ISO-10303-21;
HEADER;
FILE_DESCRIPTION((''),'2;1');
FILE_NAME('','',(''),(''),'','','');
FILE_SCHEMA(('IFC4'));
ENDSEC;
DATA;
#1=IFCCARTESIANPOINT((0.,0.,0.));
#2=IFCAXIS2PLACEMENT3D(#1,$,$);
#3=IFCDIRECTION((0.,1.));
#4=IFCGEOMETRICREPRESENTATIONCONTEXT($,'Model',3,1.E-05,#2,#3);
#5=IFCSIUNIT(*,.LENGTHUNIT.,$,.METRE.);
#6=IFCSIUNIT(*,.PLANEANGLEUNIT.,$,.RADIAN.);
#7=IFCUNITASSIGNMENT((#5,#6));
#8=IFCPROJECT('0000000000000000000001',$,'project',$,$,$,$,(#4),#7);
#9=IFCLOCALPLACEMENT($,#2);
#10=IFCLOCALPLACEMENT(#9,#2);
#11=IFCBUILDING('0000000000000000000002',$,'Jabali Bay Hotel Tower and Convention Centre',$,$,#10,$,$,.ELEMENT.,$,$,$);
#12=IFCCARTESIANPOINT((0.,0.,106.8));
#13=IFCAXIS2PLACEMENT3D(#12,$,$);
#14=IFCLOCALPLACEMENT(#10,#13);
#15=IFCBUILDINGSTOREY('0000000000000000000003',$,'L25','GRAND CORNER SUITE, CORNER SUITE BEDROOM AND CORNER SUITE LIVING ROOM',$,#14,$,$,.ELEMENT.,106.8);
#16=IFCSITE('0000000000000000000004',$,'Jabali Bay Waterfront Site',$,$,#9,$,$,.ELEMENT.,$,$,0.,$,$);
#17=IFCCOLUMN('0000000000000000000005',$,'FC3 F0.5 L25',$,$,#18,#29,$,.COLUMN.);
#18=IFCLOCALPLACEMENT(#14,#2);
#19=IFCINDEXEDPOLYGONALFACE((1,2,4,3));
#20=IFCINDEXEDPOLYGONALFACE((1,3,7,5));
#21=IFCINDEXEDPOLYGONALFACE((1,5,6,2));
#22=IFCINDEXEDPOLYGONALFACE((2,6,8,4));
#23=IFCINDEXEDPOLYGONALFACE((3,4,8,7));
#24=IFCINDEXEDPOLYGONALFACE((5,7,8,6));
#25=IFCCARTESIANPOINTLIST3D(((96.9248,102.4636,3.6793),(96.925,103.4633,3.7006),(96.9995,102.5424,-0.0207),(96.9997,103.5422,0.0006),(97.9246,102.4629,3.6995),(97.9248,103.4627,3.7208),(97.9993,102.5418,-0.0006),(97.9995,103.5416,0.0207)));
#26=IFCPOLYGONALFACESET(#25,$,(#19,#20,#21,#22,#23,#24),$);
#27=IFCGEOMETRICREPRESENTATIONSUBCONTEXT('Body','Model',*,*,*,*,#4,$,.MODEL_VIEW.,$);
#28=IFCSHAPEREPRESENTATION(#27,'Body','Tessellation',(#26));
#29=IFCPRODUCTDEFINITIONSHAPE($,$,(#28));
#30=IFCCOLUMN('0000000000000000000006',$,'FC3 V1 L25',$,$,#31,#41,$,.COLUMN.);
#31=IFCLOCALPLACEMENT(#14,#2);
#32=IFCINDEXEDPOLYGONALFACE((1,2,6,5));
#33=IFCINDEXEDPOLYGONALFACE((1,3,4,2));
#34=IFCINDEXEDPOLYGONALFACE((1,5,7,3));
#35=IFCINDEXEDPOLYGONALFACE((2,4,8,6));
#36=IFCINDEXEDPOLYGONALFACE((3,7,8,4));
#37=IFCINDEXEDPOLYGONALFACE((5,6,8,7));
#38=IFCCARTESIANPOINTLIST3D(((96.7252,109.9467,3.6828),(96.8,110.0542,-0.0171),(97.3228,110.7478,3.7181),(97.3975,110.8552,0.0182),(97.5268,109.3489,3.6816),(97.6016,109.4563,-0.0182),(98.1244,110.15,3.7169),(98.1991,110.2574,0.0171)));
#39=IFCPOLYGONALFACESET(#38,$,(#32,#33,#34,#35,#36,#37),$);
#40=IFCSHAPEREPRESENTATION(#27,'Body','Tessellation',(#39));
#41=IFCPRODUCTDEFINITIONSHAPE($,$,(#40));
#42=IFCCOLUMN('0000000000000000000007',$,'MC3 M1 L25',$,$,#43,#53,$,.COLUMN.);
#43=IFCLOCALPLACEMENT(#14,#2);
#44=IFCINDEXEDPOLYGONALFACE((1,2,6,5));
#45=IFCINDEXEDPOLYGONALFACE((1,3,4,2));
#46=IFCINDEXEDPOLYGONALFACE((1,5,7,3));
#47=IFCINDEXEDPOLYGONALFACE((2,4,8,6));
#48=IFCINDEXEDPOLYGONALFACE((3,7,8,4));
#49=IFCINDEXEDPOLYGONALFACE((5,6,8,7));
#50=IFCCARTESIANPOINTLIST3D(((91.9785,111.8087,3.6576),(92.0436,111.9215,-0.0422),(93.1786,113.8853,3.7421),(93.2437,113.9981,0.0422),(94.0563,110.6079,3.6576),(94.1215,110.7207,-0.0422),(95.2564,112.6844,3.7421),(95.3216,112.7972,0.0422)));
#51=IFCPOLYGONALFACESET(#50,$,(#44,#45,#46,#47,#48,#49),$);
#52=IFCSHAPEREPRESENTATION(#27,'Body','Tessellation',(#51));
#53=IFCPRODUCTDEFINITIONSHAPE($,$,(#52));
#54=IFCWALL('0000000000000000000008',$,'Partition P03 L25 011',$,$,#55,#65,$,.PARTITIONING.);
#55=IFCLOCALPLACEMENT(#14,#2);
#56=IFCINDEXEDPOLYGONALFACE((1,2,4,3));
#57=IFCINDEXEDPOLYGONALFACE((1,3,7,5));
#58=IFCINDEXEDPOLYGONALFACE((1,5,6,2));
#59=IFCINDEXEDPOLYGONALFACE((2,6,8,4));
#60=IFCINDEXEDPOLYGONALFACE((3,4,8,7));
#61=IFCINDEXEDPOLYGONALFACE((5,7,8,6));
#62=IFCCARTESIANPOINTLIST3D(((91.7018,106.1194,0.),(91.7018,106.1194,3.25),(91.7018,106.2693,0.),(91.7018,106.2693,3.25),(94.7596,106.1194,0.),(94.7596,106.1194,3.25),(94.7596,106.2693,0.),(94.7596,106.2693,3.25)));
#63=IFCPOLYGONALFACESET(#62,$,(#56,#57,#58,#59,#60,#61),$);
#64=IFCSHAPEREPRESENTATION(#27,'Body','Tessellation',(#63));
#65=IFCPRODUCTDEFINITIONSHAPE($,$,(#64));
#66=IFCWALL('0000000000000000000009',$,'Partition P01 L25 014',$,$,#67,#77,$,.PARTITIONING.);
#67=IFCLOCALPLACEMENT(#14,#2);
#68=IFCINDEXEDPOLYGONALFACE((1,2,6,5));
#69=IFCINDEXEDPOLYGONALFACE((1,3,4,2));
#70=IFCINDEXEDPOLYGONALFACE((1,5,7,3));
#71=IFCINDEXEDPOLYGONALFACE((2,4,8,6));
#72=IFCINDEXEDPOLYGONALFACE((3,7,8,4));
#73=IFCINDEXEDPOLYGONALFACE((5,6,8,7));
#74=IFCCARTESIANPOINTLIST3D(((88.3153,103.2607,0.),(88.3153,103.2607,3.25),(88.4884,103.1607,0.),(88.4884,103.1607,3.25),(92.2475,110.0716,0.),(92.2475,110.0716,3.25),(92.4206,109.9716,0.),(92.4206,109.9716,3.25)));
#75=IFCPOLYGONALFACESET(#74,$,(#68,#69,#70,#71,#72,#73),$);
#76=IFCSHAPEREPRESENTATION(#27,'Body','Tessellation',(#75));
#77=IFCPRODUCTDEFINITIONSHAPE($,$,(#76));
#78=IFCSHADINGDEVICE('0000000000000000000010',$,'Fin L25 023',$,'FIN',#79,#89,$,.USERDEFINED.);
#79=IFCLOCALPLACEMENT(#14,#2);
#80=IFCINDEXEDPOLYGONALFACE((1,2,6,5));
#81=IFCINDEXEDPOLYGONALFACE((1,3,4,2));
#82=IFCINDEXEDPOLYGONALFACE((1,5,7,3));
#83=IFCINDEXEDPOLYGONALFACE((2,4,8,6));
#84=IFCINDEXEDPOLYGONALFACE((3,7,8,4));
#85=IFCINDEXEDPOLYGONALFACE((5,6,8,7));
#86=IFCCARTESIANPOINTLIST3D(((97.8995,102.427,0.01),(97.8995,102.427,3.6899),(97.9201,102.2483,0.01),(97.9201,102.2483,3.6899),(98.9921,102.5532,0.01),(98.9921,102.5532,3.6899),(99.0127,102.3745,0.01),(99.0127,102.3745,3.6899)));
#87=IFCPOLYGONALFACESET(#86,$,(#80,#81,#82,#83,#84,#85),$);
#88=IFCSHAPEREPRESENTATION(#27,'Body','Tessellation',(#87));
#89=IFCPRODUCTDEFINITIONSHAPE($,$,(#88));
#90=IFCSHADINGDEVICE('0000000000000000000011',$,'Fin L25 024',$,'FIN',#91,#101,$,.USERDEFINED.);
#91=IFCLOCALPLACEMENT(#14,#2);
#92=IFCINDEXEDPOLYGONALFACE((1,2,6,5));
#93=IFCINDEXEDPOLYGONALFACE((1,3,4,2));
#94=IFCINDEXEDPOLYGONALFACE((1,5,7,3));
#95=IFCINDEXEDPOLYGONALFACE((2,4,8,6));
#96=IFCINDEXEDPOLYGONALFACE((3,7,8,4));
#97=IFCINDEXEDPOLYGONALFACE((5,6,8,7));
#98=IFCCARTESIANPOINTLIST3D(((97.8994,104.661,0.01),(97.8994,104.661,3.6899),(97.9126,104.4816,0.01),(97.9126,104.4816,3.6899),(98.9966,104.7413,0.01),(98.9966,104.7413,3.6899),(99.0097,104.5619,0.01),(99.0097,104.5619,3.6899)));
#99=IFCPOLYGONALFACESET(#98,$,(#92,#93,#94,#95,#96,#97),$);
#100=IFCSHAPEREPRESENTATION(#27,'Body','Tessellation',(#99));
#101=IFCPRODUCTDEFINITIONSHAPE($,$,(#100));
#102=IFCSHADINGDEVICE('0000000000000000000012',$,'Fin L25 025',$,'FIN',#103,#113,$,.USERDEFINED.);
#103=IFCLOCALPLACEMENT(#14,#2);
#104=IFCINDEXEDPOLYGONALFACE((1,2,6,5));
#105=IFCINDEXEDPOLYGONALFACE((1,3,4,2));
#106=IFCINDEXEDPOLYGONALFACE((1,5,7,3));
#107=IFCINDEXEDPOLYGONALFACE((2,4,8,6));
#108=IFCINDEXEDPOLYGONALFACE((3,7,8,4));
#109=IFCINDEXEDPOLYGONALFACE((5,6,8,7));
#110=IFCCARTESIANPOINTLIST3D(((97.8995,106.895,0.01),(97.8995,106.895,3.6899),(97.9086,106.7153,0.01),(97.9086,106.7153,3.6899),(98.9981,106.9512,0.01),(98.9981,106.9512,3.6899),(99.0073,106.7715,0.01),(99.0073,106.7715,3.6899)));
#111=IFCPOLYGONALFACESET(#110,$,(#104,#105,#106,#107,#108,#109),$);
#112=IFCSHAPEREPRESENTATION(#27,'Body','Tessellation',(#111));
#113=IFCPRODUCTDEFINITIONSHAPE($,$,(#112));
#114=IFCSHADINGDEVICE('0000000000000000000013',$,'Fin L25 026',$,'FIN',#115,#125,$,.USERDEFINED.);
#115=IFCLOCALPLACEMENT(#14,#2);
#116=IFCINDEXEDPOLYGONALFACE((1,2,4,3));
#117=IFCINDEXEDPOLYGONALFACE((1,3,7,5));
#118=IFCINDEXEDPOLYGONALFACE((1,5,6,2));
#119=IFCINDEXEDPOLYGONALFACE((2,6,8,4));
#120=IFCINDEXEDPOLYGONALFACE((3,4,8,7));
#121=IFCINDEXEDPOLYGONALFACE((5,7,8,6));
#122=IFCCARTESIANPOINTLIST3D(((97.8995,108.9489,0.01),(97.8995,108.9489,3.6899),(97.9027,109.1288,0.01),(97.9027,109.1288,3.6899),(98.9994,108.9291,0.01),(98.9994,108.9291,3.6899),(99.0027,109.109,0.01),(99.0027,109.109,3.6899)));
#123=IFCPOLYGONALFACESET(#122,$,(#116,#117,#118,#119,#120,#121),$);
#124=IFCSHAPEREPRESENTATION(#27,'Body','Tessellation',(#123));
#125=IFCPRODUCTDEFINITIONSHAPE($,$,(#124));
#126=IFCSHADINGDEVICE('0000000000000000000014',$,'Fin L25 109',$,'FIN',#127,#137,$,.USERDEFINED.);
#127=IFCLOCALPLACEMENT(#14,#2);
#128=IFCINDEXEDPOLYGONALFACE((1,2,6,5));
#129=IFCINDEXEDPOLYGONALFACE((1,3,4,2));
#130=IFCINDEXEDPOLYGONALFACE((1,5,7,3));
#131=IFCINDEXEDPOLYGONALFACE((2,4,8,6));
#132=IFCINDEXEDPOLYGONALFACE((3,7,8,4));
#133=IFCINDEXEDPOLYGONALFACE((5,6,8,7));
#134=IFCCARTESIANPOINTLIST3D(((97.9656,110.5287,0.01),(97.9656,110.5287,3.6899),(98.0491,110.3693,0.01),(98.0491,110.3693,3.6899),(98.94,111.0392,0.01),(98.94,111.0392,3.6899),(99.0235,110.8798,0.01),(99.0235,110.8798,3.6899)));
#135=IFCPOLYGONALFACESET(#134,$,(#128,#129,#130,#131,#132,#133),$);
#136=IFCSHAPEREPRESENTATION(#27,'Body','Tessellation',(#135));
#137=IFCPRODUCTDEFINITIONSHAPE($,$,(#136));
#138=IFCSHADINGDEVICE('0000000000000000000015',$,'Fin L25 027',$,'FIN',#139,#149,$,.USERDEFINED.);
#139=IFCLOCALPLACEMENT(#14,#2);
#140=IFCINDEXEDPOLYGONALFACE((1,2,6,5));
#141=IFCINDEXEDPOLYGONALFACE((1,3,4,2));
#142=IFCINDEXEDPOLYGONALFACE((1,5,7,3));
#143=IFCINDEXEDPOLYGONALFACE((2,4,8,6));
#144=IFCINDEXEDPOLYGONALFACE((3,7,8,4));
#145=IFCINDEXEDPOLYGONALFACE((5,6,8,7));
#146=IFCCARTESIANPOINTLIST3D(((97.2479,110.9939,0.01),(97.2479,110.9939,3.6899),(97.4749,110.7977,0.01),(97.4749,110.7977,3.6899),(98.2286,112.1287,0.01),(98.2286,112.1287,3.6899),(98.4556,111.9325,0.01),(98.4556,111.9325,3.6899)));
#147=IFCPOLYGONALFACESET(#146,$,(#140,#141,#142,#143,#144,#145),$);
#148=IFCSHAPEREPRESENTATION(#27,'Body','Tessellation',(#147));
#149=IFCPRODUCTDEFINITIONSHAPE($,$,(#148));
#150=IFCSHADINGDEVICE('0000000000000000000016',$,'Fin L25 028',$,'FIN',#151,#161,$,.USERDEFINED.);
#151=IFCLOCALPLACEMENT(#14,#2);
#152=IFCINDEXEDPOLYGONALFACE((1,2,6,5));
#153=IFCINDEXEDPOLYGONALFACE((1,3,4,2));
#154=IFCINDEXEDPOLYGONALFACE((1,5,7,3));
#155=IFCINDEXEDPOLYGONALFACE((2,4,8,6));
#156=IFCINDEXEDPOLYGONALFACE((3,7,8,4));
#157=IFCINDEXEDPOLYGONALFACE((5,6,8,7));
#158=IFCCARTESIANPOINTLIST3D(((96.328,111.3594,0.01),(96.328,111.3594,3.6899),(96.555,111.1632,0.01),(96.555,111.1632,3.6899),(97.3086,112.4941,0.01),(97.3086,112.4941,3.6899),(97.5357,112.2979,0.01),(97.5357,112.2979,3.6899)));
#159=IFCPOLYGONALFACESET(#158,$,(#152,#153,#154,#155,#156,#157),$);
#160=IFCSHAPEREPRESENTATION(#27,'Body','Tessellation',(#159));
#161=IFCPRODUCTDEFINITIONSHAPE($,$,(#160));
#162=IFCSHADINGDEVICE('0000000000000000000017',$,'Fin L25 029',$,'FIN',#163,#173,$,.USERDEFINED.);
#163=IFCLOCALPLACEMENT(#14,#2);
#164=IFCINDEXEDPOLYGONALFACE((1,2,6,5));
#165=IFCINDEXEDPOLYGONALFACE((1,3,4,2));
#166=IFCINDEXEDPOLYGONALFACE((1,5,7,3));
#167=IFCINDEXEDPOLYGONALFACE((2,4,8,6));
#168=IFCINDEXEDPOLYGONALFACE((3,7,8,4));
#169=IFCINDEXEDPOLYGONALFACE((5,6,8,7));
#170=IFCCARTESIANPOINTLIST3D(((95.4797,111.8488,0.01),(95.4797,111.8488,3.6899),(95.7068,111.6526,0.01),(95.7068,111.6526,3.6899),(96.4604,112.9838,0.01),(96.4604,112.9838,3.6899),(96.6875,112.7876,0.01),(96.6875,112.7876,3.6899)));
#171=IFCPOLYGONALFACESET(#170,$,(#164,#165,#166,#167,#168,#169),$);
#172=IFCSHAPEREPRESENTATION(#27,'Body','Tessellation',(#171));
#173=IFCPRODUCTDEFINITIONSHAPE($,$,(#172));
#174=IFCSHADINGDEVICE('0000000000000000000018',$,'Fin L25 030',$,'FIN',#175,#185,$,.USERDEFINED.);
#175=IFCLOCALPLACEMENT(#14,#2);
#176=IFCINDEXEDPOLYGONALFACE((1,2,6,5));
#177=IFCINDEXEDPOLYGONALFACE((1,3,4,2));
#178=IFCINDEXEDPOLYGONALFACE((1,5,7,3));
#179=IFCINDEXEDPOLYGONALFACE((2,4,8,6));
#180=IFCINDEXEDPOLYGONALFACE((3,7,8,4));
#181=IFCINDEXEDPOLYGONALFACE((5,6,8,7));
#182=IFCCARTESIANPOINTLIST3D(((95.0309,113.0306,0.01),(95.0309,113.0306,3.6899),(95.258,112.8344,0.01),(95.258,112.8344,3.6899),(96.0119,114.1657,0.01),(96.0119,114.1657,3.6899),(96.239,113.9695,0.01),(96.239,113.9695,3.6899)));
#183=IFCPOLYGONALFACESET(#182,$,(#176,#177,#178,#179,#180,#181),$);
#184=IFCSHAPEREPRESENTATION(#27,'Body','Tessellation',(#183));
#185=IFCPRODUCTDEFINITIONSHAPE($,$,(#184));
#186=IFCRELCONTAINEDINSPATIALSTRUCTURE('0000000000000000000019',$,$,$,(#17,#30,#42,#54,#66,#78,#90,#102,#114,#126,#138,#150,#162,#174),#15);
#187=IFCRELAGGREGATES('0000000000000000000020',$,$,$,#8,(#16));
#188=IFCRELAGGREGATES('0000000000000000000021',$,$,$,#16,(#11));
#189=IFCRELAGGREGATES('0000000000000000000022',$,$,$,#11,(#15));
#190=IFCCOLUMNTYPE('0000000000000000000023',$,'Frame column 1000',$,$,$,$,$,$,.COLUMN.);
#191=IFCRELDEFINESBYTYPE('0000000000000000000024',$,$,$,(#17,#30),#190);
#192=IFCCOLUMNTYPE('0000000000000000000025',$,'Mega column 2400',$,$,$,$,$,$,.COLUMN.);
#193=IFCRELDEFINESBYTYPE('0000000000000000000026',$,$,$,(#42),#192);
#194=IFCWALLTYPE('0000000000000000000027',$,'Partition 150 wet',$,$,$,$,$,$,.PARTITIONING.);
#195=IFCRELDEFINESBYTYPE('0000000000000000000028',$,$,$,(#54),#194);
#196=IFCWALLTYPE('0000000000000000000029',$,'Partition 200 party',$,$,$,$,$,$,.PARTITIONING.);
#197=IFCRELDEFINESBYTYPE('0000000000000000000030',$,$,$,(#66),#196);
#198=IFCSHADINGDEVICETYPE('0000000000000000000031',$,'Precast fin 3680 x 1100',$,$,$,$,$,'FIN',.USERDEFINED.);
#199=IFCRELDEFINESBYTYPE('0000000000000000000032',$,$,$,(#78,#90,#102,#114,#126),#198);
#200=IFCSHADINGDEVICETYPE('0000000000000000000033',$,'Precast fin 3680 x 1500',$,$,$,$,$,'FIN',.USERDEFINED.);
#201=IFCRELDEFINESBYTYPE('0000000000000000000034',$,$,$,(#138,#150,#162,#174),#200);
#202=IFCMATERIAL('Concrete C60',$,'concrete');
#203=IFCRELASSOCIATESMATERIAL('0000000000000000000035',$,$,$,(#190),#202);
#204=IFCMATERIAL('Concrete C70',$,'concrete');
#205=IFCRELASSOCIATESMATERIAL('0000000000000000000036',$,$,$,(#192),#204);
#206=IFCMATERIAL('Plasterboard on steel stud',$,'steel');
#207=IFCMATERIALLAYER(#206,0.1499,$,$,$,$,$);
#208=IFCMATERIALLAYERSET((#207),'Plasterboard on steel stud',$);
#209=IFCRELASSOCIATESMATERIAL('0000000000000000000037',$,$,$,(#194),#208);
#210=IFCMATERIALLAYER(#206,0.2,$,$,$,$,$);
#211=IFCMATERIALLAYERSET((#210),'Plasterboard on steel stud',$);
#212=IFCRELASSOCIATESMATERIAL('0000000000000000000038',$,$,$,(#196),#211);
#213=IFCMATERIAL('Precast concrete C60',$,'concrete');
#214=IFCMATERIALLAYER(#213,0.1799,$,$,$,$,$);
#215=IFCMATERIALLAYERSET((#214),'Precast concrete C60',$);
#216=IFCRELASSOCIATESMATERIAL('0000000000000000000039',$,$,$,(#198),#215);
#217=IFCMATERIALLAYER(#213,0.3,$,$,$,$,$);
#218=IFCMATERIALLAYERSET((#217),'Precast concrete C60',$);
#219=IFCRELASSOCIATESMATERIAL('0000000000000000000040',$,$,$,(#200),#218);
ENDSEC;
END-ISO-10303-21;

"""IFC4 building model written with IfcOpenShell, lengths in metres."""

from ifc_helpers import new_model, si_unit, direction, frame, frame_2d, origin, origin_2d, place, context, subcontext, project, spatial, rectangle, extrude, material, layer, layer_set, material_profile, profile_set, type_object, element, save


model = new_model("IFC4")

# Units and contexts
model_context = context("Model", 3, precision=1e-05, world=origin(), true_north=direction((0.0, 1.0)))
body_context = subcontext(model_context, "Body", "Model", "MODEL_VIEW")
ifc_project = project(units=[si_unit("LENGTHUNIT", "METRE"), si_unit("PLANEANGLEUNIT", "RADIAN")], contexts=[model_context])

# Site, building, storey
site_placement = place(None, origin())
site = spatial("IfcSite", under=ifc_project, at=site_placement, Name="Jabali Bay Waterfront Site", CompositionType="ELEMENT", RefElevation=0.0)
building_placement = place(site_placement, origin())
building = spatial("IfcBuilding", under=site, at=building_placement, Name="Jabali Bay Hotel Tower and Convention Centre", CompositionType="ELEMENT")
storey_placement = place(building_placement, frame((0.0, 0.0, 106.8)))
storey = spatial("IfcBuildingStorey", under=building, at=storey_placement, Name="L25", Description="GRAND CORNER SUITE, CORNER SUITE BEDROOM AND CORNER SUITE LIVING ROOM", CompositionType="ELEMENT", Elevation=106.8)

# Columns
ifc_material_1 = material(Name="Concrete C60", Category="concrete")
ifc_material_profile_1 = material_profile(ifc_material_1, rectangle(XDim=1.0, YDim=1.0, at=origin_2d()), Name="Frame column 1000")
ifc_profile_set_1 = profile_set([ifc_material_profile_1], Name="Concrete C60")
column_type_1 = type_object("IfcColumnType", Name="Frame column 1000", PredefinedType="COLUMN", material=ifc_profile_set_1)
column_1_placement = place(storey_placement, frame((97.4995, 103.042, 0.0), z_axis=(-0.020183, -0.021304, 0.999569), x_axis=(0.999796, -0.000652, 0.020173)))
element("IfcColumn", 1, at=column_1_placement, inside=storey, type_object=column_type_1, Name="FC3 F0.5 L25", PredefinedType="COLUMN", context=body_context, shape_type="SweptSolid", body=[
    extrude(rectangle(XDim=1.0, YDim=1.0, at=origin_2d()), origin(), (0.0, 0.0, 1.0), 3.7017),
])
column_2_placement = place(storey_placement, frame((97.4995, 110.1558, 0.0), z_axis=(-0.020179, -0.029015, 0.999375), x_axis=(0.597518, 0.801077, 0.035323)))
element("IfcColumn", 2, at=column_2_placement, inside=storey, type_object=column_type_1, Name="FC3 V1 L25", PredefinedType="COLUMN", context=body_context, shape_type="SweptSolid", body=[
    extrude(rectangle(XDim=1.0, YDim=1.0, at=origin_2d()), origin(), (0.0, 0.0, 1.0), 3.7021),
])
ifc_material_2 = material(Name="Concrete C70", Category="concrete")
ifc_material_profile_2 = material_profile(ifc_material_2, rectangle(XDim=2.3999, YDim=2.3999, at=origin_2d()), Name="Mega column 2400")
ifc_profile_set_2 = profile_set([ifc_material_profile_2], Name="Concrete C70")
column_type_2 = type_object("IfcColumnType", Name="Mega column 2400", PredefinedType="COLUMN", material=ifc_profile_set_2)
column_3_placement = place(storey_placement, frame((93.6826, 112.3594, 0.0), z_axis=(-0.017607, -0.030466, 0.999381), x_axis=(0.500067, 0.865271, 0.035188)))
element("IfcColumn", 3, at=column_3_placement, inside=storey, type_object=column_type_2, Name="MC3 M1 L25", PredefinedType="COLUMN", context=body_context, shape_type="SweptSolid", body=[
    extrude(rectangle(XDim=2.3999, YDim=2.3999, at=origin_2d()), origin(), (0.0, 0.0, 1.0), 3.7021),
])

# Walls
ifc_material_3 = material(Name="Plasterboard on steel stud", Category="steel")
ifc_layer_1 = layer(ifc_material_3, 0.1499)
ifc_layer_set_1 = layer_set([ifc_layer_1], Name="Plasterboard on steel stud")
wall_type_1 = type_object("IfcWallType", Name="Partition 150 wet", PredefinedType="PARTITIONING", material=ifc_layer_set_1)
wall_1_placement = place(storey_placement, frame((94.7595, 106.1943, 0.0), z_axis=(0.0, 0.0, 1.0), x_axis=(-1.0, 0.0, 0.0)))
element("IfcWall", 4, at=wall_1_placement, inside=storey, type_object=wall_type_1, Name="Partition P03 L25 011", PredefinedType="PARTITIONING", context=body_context, shape_type="SweptSolid", body=[
    extrude(rectangle(XDim=3.0579, YDim=0.1499, at=frame_2d((1.5288, 0.0))), origin(), (0.0, 0.0, 1.0), 3.25),
])
ifc_layer_2 = layer(ifc_material_3, 0.2)
ifc_layer_set_2 = layer_set([ifc_layer_2], Name="Plasterboard on steel stud")
wall_type_2 = type_object("IfcWallType", Name="Partition 200 party", PredefinedType="PARTITIONING", material=ifc_layer_set_2)
wall_2_placement = place(storey_placement, frame((92.334, 110.0215, 0.0), z_axis=(0.0, 0.0, 1.0), x_axis=(-0.499992, -0.86603, 0.0)))
element("IfcWall", 5, at=wall_2_placement, inside=storey, type_object=wall_type_2, Name="Partition P01 L25 014", PredefinedType="PARTITIONING", context=body_context, shape_type="SweptSolid", body=[
    extrude(rectangle(XDim=7.8645, YDim=0.2, at=frame_2d((3.9321, 0.0))), origin(), (0.0, 0.0, 1.0), 3.25),
])

# Shading devices
ifc_material_4 = material(Name="Precast concrete C60", Category="concrete")
ifc_layer_3 = layer(ifc_material_4, 0.1799)
ifc_layer_set_3 = layer_set([ifc_layer_3], Name="Precast concrete C60")
shading_device_type_1 = type_object("IfcShadingDeviceType", Name="Precast fin 3680 x 1100", ElementType="FIN", PredefinedType="USERDEFINED", material=ifc_layer_set_3)
shading_device_1_placement = place(storey_placement, frame((97.9099, 102.3376, 0.01), z_axis=(0.0, 0.0, 1.0), x_axis=(0.993392, 0.114767, 0.0)))
element("IfcShadingDevice", 6, at=shading_device_1_placement, inside=storey, type_object=shading_device_type_1, Name="Fin L25 023", ObjectType="FIN", PredefinedType="USERDEFINED", context=body_context, shape_type="SweptSolid", body=[
    extrude(rectangle(XDim=1.0999, YDim=0.1799, at=frame_2d((0.5498, 0.0))), origin(), (0.0, 0.0, 1.0), 3.6799),
])
for number, where, z_axis, x_axis, name in (
    (7, (97.906, 104.5713, 0.01), (0.0, 0.0, 1.0), (0.997331, 0.073013, 0.0), "Fin L25 024"),
    (8, (97.9041, 106.8052, 0.01), (0.0, 0.0, 1.0), (0.998696, 0.051044, 0.0), "Fin L25 025"),
    (9, (97.9011, 109.0388, 0.01), (0.0, 0.0, 1.0), (0.999838, -0.017977, 0.0), "Fin L25 026"),
    (10, (98.0073, 110.449, 0.01), (0.0, 0.0, 1.0), (0.885788, 0.46409, 0.0), "Fin L25 109"),
):
    element("IfcShadingDevice", number, at=place(storey_placement, frame(where, z_axis=z_axis, x_axis=x_axis)), inside=storey, type_object=shading_device_type_1, Name=name, ObjectType="FIN", PredefinedType="USERDEFINED", context=body_context, shape_type="SweptSolid", body=[
        extrude(rectangle(XDim=1.1001, YDim=0.1799, at=frame_2d((0.55, 0.0))), origin(), (0.0, 0.0, 1.0), 3.6799),
    ])
ifc_layer_4 = layer(ifc_material_4, 0.3)
ifc_layer_set_4 = layer_set([ifc_layer_4], Name="Precast concrete C60")
shading_device_type_2 = type_object("IfcShadingDeviceType", Name="Precast fin 3680 x 1500", ElementType="FIN", PredefinedType="USERDEFINED", material=ifc_layer_set_4)
for number, where, z_axis, x_axis, name in (
    (11, (97.3613, 110.8958, 0.01), (0.0, 0.0, 1.0), (0.653883, 0.756596, 0.0), "Fin L25 027"),
    (12, (96.4414, 111.2612, 0.01), (0.0, 0.0, 1.0), (0.653883, 0.756596, 0.0), "Fin L25 028"),
):
    element("IfcShadingDevice", number, at=place(storey_placement, frame(where, z_axis=z_axis, x_axis=x_axis)), inside=storey, type_object=shading_device_type_2, Name=name, ObjectType="FIN", PredefinedType="USERDEFINED", context=body_context, shape_type="SweptSolid", body=[
        extrude(rectangle(XDim=1.4998, YDim=0.3, at=frame_2d((0.75, 0.0))), origin(), (0.0, 0.0, 1.0), 3.6799),
    ])
shading_device_2_placement = place(storey_placement, frame((95.5933, 111.7507, 0.01), z_axis=(0.0, 0.0, 1.0), x_axis=(0.653802, 0.756666, 0.0)))
element("IfcShadingDevice", 13, at=shading_device_2_placement, inside=storey, type_object=shading_device_type_2, Name="Fin L25 029", ObjectType="FIN", PredefinedType="USERDEFINED", context=body_context, shape_type="SweptSolid", body=[
    extrude(rectangle(XDim=1.5, YDim=0.3, at=frame_2d((0.75, 0.0))), origin(), (0.0, 0.0, 1.0), 3.6799),
])
shading_device_3_placement = place(storey_placement, frame((95.1445, 112.9326, 0.01), z_axis=(0.0, 0.0, 1.0), x_axis=(0.653895, 0.756585, 0.0)))
element("IfcShadingDevice", 14, at=shading_device_3_placement, inside=storey, type_object=shading_device_type_2, Name="Fin L25 030", ObjectType="FIN", PredefinedType="USERDEFINED", context=body_context, shape_type="SweptSolid", body=[
    extrude(rectangle(XDim=1.5002, YDim=0.3, at=frame_2d((0.75, 0.0))), origin(), (0.0, 0.0, 1.0), 3.6799),
])

save(model, "model.ifc")
